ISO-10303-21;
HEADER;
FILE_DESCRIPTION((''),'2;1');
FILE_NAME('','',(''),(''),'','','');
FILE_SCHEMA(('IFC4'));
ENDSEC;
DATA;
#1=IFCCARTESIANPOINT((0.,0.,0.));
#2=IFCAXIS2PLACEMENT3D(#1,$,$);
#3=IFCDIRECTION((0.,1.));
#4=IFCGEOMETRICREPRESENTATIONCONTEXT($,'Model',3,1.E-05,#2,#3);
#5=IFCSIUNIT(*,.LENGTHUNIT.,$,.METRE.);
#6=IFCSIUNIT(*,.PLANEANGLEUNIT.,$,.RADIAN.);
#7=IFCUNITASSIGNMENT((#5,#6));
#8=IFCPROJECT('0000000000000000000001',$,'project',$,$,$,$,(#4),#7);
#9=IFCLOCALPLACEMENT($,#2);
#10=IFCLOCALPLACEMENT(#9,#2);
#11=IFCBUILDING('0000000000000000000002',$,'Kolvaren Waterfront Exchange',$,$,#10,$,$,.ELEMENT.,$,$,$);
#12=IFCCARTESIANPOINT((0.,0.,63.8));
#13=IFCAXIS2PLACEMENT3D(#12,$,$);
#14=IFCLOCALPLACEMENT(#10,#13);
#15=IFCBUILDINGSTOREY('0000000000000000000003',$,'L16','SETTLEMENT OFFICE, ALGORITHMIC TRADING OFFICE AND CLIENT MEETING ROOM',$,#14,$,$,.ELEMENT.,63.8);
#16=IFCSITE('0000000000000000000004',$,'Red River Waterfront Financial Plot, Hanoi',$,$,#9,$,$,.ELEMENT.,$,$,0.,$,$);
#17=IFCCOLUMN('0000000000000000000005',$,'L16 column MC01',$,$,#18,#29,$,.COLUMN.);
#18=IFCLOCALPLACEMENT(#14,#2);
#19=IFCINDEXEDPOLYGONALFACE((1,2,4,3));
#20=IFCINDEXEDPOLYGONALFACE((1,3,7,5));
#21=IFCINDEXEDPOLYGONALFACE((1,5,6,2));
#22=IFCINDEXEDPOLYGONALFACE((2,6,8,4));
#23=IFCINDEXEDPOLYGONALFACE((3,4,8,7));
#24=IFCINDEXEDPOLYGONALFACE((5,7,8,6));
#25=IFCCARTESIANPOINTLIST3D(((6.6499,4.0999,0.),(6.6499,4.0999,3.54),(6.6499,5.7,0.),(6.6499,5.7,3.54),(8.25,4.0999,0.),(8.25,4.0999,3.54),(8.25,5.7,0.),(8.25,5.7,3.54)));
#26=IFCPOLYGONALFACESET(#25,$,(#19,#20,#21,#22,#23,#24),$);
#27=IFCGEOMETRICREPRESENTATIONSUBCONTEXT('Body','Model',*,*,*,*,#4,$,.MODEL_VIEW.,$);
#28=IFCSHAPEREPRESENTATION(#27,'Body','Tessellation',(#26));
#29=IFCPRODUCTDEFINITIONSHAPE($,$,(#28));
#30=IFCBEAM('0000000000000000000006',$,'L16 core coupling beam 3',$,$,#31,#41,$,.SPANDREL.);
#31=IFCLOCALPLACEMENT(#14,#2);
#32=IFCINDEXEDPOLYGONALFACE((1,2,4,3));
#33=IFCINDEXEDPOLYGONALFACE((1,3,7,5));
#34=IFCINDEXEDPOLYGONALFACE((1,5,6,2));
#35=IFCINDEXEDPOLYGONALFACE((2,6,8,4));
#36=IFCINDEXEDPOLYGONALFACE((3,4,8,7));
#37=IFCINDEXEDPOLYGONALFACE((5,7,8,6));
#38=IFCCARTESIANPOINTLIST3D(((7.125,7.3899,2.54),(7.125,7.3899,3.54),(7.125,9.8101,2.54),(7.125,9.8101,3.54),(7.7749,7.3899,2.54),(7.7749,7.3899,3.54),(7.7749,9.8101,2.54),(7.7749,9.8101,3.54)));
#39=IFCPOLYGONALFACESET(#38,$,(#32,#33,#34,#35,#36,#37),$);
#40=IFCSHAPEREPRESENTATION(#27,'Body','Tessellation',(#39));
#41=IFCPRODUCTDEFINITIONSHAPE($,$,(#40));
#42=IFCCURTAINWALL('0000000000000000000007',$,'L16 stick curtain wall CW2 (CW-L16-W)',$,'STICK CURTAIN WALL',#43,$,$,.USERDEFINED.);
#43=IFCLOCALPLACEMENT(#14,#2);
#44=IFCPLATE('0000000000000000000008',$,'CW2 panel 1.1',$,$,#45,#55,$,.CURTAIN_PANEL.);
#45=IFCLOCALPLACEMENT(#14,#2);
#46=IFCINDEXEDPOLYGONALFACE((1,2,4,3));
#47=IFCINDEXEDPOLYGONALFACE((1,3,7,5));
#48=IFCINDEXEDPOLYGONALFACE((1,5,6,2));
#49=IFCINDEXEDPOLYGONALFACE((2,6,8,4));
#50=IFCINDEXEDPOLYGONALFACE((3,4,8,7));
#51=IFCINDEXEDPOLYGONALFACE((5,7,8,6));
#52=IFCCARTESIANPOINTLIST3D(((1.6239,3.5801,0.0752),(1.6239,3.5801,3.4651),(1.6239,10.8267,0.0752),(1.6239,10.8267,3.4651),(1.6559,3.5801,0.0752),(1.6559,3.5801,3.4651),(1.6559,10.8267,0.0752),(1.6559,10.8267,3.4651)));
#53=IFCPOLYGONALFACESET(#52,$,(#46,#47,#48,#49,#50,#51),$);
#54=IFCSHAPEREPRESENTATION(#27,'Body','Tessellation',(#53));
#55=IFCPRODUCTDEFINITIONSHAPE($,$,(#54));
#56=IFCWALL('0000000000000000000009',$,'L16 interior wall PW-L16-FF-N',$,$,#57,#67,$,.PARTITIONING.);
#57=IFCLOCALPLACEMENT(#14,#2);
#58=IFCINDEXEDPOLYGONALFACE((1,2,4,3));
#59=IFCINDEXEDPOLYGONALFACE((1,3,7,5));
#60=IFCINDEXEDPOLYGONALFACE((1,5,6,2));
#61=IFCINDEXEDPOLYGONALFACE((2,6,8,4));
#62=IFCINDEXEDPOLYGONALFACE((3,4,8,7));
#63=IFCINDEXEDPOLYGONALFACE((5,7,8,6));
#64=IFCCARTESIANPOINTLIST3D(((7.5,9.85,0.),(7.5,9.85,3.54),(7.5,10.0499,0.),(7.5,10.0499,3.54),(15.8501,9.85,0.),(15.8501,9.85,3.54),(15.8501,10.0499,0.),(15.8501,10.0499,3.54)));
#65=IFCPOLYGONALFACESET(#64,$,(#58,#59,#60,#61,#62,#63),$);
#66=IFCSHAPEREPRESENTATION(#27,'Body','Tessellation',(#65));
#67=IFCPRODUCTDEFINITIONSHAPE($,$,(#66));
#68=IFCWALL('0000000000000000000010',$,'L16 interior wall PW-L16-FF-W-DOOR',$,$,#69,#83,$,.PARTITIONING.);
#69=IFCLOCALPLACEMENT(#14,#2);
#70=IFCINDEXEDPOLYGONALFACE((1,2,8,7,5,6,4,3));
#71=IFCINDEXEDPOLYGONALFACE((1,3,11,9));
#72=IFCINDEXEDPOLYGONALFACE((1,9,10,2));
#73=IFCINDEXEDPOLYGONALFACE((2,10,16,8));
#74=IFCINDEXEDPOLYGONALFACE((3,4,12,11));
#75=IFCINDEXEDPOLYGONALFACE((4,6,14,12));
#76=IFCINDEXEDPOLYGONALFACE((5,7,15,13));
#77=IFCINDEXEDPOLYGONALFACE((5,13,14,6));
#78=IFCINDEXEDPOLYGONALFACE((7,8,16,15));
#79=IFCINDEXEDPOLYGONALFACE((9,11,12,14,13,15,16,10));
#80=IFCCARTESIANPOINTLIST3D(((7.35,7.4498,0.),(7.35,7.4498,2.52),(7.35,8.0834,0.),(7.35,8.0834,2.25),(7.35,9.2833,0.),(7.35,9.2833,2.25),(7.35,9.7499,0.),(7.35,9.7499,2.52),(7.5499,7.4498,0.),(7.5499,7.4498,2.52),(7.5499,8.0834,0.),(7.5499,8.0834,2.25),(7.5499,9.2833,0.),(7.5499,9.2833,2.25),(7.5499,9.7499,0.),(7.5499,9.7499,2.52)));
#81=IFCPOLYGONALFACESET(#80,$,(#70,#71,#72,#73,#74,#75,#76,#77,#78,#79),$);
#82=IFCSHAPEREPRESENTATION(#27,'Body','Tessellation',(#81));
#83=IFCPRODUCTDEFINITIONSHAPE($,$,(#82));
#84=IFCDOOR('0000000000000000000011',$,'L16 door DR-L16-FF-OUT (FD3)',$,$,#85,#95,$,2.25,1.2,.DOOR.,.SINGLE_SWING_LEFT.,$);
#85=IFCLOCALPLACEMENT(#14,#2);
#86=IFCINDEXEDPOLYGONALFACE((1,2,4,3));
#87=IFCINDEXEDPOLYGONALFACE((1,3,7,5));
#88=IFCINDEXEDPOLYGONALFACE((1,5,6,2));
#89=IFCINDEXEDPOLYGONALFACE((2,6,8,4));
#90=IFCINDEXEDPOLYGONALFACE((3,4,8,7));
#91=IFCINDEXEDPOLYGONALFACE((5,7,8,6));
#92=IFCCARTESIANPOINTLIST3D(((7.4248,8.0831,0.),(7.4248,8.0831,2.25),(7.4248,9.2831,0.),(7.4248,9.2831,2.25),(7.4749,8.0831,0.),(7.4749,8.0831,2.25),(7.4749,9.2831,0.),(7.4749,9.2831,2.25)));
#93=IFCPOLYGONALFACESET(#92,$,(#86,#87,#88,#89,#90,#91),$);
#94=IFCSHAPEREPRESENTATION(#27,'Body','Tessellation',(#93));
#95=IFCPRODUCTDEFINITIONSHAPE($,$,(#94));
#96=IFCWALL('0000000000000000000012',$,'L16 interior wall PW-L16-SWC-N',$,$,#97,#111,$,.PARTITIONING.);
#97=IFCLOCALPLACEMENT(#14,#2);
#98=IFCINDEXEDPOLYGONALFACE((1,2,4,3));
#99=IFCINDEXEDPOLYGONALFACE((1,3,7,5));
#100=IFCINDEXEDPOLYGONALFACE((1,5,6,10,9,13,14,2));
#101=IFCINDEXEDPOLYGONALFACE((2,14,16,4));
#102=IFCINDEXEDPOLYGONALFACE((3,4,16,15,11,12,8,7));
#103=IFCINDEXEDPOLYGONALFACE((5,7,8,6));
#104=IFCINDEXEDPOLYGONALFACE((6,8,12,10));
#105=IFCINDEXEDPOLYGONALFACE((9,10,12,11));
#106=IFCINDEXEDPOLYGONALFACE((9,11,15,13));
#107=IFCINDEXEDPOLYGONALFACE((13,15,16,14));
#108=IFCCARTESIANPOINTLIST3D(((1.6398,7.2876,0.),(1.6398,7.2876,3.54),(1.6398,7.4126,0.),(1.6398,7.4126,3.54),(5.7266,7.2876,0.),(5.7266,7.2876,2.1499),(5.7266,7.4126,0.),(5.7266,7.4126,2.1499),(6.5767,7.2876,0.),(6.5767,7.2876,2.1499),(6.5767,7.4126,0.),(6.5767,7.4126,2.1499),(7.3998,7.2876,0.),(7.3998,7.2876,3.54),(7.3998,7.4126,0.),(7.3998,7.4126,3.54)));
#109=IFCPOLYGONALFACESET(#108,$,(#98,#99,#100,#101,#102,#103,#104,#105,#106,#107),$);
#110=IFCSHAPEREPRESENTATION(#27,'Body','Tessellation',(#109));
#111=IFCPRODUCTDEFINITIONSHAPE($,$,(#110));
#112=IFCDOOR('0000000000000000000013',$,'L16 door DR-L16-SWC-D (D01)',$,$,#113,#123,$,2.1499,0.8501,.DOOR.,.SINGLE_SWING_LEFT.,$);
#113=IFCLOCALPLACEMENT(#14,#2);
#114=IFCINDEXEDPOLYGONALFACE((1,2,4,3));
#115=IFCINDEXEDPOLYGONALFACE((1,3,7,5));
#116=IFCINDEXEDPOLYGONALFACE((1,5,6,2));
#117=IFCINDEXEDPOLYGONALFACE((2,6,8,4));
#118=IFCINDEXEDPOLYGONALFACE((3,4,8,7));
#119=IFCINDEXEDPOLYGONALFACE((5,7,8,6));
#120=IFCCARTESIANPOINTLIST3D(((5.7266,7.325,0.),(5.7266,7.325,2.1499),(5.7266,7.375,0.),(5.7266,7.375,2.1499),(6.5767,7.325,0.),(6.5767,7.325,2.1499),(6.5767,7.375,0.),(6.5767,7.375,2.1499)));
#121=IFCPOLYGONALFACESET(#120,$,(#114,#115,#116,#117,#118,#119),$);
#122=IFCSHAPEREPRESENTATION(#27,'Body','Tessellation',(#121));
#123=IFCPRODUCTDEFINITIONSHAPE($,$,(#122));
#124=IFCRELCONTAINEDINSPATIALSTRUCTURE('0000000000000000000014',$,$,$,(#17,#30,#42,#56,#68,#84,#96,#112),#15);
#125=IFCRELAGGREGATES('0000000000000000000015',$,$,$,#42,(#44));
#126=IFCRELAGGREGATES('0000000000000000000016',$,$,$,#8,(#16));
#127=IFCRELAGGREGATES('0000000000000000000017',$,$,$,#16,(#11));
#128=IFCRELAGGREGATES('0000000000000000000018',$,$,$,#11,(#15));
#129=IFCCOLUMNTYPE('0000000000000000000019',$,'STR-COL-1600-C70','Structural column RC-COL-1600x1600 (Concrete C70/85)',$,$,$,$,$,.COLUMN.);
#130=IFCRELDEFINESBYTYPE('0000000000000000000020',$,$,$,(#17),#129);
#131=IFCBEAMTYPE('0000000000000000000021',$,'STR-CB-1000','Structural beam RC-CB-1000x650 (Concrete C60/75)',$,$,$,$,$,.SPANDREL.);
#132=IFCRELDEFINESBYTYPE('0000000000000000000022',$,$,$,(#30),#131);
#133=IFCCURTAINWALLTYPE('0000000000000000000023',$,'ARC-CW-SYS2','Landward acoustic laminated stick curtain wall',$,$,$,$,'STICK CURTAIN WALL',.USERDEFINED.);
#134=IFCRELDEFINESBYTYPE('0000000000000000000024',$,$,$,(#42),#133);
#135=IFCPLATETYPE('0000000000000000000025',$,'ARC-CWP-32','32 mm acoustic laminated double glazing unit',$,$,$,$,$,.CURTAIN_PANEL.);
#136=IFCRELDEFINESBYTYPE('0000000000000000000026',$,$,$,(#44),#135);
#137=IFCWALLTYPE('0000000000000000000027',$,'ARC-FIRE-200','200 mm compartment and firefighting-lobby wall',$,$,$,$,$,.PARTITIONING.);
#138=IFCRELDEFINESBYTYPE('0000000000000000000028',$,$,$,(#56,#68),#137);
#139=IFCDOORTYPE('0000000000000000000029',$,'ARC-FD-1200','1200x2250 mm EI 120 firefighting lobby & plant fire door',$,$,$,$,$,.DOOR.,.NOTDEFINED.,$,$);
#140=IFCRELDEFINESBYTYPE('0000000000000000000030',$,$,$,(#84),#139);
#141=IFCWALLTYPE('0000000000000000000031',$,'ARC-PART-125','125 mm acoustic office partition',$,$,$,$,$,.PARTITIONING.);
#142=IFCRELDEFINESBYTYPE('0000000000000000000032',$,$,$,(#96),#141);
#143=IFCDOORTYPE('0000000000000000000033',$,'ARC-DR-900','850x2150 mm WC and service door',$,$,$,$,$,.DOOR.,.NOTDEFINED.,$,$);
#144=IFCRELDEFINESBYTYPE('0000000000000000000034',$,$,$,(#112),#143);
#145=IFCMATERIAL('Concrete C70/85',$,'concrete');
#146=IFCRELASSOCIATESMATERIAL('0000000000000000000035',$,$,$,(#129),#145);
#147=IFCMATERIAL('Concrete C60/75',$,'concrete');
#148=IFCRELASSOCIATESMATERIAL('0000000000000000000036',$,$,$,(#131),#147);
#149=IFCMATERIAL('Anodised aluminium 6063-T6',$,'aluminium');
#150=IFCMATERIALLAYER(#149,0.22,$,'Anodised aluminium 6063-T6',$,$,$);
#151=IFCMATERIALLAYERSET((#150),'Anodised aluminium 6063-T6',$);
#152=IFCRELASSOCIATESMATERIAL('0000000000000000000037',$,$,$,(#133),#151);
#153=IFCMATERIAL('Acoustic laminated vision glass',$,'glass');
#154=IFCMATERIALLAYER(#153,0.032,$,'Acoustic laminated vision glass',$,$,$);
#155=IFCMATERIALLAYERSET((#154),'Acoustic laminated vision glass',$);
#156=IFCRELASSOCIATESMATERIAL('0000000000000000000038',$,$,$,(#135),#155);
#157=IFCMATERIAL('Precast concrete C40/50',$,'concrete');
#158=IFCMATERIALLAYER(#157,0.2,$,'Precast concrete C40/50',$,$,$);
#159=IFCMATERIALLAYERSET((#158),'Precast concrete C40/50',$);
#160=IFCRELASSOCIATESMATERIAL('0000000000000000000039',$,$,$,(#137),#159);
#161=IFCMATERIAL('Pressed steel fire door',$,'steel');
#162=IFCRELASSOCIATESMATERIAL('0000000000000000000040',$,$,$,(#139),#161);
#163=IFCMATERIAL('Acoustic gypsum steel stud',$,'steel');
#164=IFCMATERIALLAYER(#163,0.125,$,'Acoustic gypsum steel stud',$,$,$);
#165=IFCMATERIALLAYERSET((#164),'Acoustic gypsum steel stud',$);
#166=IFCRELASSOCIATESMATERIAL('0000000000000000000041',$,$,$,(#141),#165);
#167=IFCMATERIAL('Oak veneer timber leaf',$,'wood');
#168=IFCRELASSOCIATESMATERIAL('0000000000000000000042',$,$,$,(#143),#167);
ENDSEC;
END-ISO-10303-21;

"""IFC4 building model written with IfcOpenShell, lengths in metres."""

from ifc_helpers import new_model, si_unit, direction, frame, frame_2d, origin, origin_with_axes, origin_2d, place, context, subcontext, project, spatial, rectangle, extrude, source, transform, mapped, material, layer, layer_set, material_profile, profile_set, type_object, element, fill, aggregate, save


model = new_model("IFC4")

# Units and contexts
model_context = context("Model", 3, precision=1e-05, world=origin(), true_north=direction((0.0, 1.0)))
body_context = subcontext(model_context, "Body", "Model", "MODEL_VIEW")
ifc_project = project(units=[si_unit("LENGTHUNIT", "METRE"), si_unit("PLANEANGLEUNIT", "RADIAN")], contexts=[model_context])

# Site, building, storey
site_placement = place(None, origin())
site = spatial("IfcSite", under=ifc_project, at=site_placement, Name="Red River Waterfront Financial Plot, Hanoi", CompositionType="ELEMENT", RefElevation=0.0)
building_placement = place(site_placement, origin())
building = spatial("IfcBuilding", under=site, at=building_placement, Name="Kolvaren Waterfront Exchange", CompositionType="ELEMENT")
storey_placement = place(building_placement, frame((0.0, 0.0, 63.8)))
storey = spatial("IfcBuildingStorey", under=building, at=storey_placement, Name="L16", Description="SETTLEMENT OFFICE, ALGORITHMIC TRADING OFFICE AND CLIENT MEETING ROOM", CompositionType="ELEMENT", Elevation=63.8)

# Column
ifc_material_1 = material(Name="Concrete C70/85", Category="concrete")
ifc_material_profile_1 = material_profile(ifc_material_1, rectangle(XDim=1.6001, YDim=1.6001, at=origin_2d()), Name="RC-COL-1600x1600")
ifc_profile_set_1 = profile_set([ifc_material_profile_1], Name="Concrete C70/85")
column_type = type_object("IfcColumnType", Name="STR-COL-1600-C70", Description="Structural column RC-COL-1600x1600 (Concrete C70/85)", PredefinedType="COLUMN", material=ifc_profile_set_1)
column_placement = place(storey_placement, frame((7.45, 4.8999, 0.0), z_axis=(0.0, 0.0, 1.0), x_axis=(1.0, 0.0, 0.0)))
element("IfcColumn", 1, at=column_placement, inside=storey, type_object=column_type, Name="L16 column MC01", PredefinedType="COLUMN", context=body_context, shape_type="SweptSolid", body=[
    extrude(rectangle(XDim=1.6001, YDim=1.6001, at=origin_2d()), origin(), (0.0, 0.0, 1.0), 3.54),
])

# Beam
ifc_material_2 = material(Name="Concrete C60/75", Category="concrete")
ifc_material_profile_2 = material_profile(ifc_material_2, rectangle(XDim=0.6499, YDim=1.0, at=origin_2d()), Name="RC-CB-1000x650")
ifc_profile_set_2 = profile_set([ifc_material_profile_2], Name="Concrete C60/75")
beam_type = type_object("IfcBeamType", Name="STR-CB-1000", Description="Structural beam RC-CB-1000x650 (Concrete C60/75)", PredefinedType="SPANDREL", material=ifc_profile_set_2)
beam_placement = place(storey_placement, frame((7.45, 7.3899, 3.04), z_axis=(0.0, 1.0, 0.0), x_axis=(-1.0, 0.0, 0.0)))
element("IfcBeam", 2, at=beam_placement, inside=storey, type_object=beam_type, Name="L16 core coupling beam 3", PredefinedType="SPANDREL", context=body_context, shape_type="SweptSolid", body=[
    extrude(rectangle(XDim=0.6499, YDim=1.0, at=origin_2d()), origin(), (0.0, 0.0, 1.0), 2.4202),
])

# Curtain wall, plate
ifc_material_3 = material(Name="Anodised aluminium 6063-T6", Category="aluminium")
ifc_layer_1 = layer(ifc_material_3, 0.22, Name="Anodised aluminium 6063-T6")
ifc_layer_set_1 = layer_set([ifc_layer_1], Name="Anodised aluminium 6063-T6")
curtain_wall_type = type_object("IfcCurtainWallType", Name="ARC-CW-SYS2", Description="Landward acoustic laminated stick curtain wall", ElementType="STICK CURTAIN WALL", PredefinedType="USERDEFINED", material=ifc_layer_set_1)
curtain_wall_placement = place(storey_placement, origin())
curtain_wall = element("IfcCurtainWall", 3, at=curtain_wall_placement, inside=storey, type_object=curtain_wall_type, Name="L16 stick curtain wall CW2 (CW-L16-W)", ObjectType="STICK CURTAIN WALL", PredefinedType="USERDEFINED")
ifc_material_4 = material(Name="Acoustic laminated vision glass", Category="glass")
ifc_layer_2 = layer(ifc_material_4, 0.032, Name="Acoustic laminated vision glass")
ifc_layer_set_2 = layer_set([ifc_layer_2], Name="Acoustic laminated vision glass")
plate_type = type_object("IfcPlateType", Name="ARC-CWP-32", Description="32 mm acoustic laminated double glazing unit", PredefinedType="CURTAIN_PANEL", material=ifc_layer_set_2)
shared_shape = source(origin_with_axes(), body_context, "Body", "SweptSolid", [
    extrude(rectangle(XDim=7.2466, YDim=0.032, at=origin_2d()), origin(), (0.0, 0.0, 1.0), 3.3899),
])
plate_placement = place(storey_placement, frame((1.6399, 7.2034, 0.0752), z_axis=(0.0, 0.0, 1.0), x_axis=(0.0, 1.0, 0.0)))
plate = element("IfcPlate", 4, at=plate_placement, type_object=plate_type, Name="CW2 panel 1.1", PredefinedType="CURTAIN_PANEL", context=body_context, shape_type="MappedRepresentation", body=[
    mapped(shared_shape, transform((0.0, 0.0, 0.0), x_axis=(1.0, 0.0, 0.0), y_axis=(0.0, 1.0, 0.0), z_axis=(0.0, 0.0, 1.0), scale=1.0)),
])
aggregate(curtain_wall, [plate])

# Wall
ifc_material_5 = material(Name="Precast concrete C40/50", Category="concrete")
ifc_layer_3 = layer(ifc_material_5, 0.2, Name="Precast concrete C40/50")
ifc_layer_set_3 = layer_set([ifc_layer_3], Name="Precast concrete C40/50")
wall_type_1 = type_object("IfcWallType", Name="ARC-FIRE-200", Description="200 mm compartment and firefighting-lobby wall", PredefinedType="PARTITIONING", material=ifc_layer_set_3)
wall_1_placement = place(storey_placement, frame((7.5, 9.95, 0.0), z_axis=(0.0, 0.0, 1.0), x_axis=(1.0, 0.0, 0.0)))
element("IfcWall", 5, at=wall_1_placement, inside=storey, type_object=wall_type_1, Name="L16 interior wall PW-L16-FF-N", PredefinedType="PARTITIONING", context=body_context, shape_type="SweptSolid", body=[
    extrude(rectangle(XDim=8.3501, YDim=0.2, at=frame_2d((4.175, 0.0))), origin(), (0.0, 0.0, 1.0), 3.54),
])

# Walls, openings, doors
wall_2_placement = place(storey_placement, frame((7.45, 7.45, 0.0), z_axis=(0.0, 0.0, 1.0), x_axis=(0.0, 1.0, 0.0)))
wall_2 = element("IfcWall", 6, at=wall_2_placement, inside=storey, type_object=wall_type_1, Name="L16 interior wall PW-L16-FF-W-DOOR", PredefinedType="PARTITIONING", context=body_context, shape_type="SweptSolid", body=[
    extrude(rectangle(XDim=2.3, YDim=0.2, at=frame_2d((1.1499, 0.0))), origin(), (0.0, 0.0, 1.0), 2.52),
])
opening_1_placement = place(wall_2_placement, frame((0.6333, 0.0, 0.0)))
opening_1 = element("IfcOpeningElement", 7, at=opening_1_placement, cuts=wall_2, PredefinedType="OPENING", context=body_context, shape_type="SweptSolid", body=[
    extrude(rectangle(XDim=1.2, YDim=2.25, at=frame_2d((0.6001, 1.125))), frame((0.0, 0.1099, 0.0), z_axis=(0.0, -1.0, 0.0), x_axis=(1.0, 0.0, 0.0)), (0.0, 0.0, 1.0), 0.22),
])
ifc_material_6 = material(Name="Pressed steel fire door", Category="steel")
door_type_1 = type_object("IfcDoorType", Name="ARC-FD-1200", Description="1200x2250 mm EI 120 firefighting lobby & plant fire door", OperationType="NOTDEFINED", PredefinedType="DOOR", material=ifc_material_6)
door_1_placement = place(opening_1_placement, frame((1.2, 0.0, 0.0), z_axis=(0.0, 0.0, 1.0), x_axis=(-1.0, 0.0, 0.0)))
door_1 = element("IfcDoor", 8, at=door_1_placement, inside=storey, type_object=door_type_1, Name="L16 door DR-L16-FF-OUT (FD3)", OperationType="SINGLE_SWING_LEFT", OverallHeight=2.25, OverallWidth=1.2, PredefinedType="DOOR", context=body_context, shape_type="SweptSolid", body=[
    extrude(rectangle(XDim=1.2, YDim=2.25, at=frame_2d((0.6001, 1.125))), frame((0.0, 0.0249, 0.0), z_axis=(0.0, -1.0, 0.0), x_axis=(1.0, 0.0, 0.0)), (0.0, 0.0, 1.0), 0.05),
])
fill(opening_1, door_1)
ifc_material_7 = material(Name="Acoustic gypsum steel stud", Category="steel")
ifc_layer_4 = layer(ifc_material_7, 0.125, Name="Acoustic gypsum steel stud")
ifc_layer_set_4 = layer_set([ifc_layer_4], Name="Acoustic gypsum steel stud")
wall_type_2 = type_object("IfcWallType", Name="ARC-PART-125", Description="125 mm acoustic office partition", PredefinedType="PARTITIONING", material=ifc_layer_set_4)
wall_3_placement = place(storey_placement, frame((1.6399, 7.3501, 0.0), z_axis=(0.0, 0.0, 1.0), x_axis=(1.0, 0.0, 0.0)))
wall_3 = element("IfcWall", 9, at=wall_3_placement, inside=storey, type_object=wall_type_2, Name="L16 interior wall PW-L16-SWC-N", PredefinedType="PARTITIONING", context=body_context, shape_type="SweptSolid", body=[
    extrude(rectangle(XDim=5.76, YDim=0.125, at=frame_2d((2.8799, 0.0))), origin(), (0.0, 0.0, 1.0), 3.54),
])
opening_2_placement = place(wall_3_placement, frame((4.0867, 0.0, 0.0)))
opening_2 = element("IfcOpeningElement", 10, at=opening_2_placement, cuts=wall_3, PredefinedType="OPENING", context=body_context, shape_type="SweptSolid", body=[
    extrude(rectangle(XDim=0.8501, YDim=2.1499, at=frame_2d((0.425, 1.075))), frame((0.0, 0.0725, 0.0), z_axis=(0.0, -1.0, 0.0), x_axis=(1.0, 0.0, 0.0)), (0.0, 0.0, 1.0), 0.145),
])
ifc_material_8 = material(Name="Oak veneer timber leaf", Category="wood")
door_type_2 = type_object("IfcDoorType", Name="ARC-DR-900", Description="850x2150 mm WC and service door", OperationType="NOTDEFINED", PredefinedType="DOOR", material=ifc_material_8)
door_2_placement = place(opening_2_placement, origin())
door_2 = element("IfcDoor", 11, at=door_2_placement, inside=storey, type_object=door_type_2, Name="L16 door DR-L16-SWC-D (D01)", OperationType="SINGLE_SWING_LEFT", OverallHeight=2.1499, OverallWidth=0.8501, PredefinedType="DOOR", context=body_context, shape_type="SweptSolid", body=[
    extrude(rectangle(XDim=0.8501, YDim=2.1499, at=frame_2d((0.425, 1.075))), frame((0.0, 0.0249, 0.0), z_axis=(0.0, -1.0, 0.0), x_axis=(1.0, 0.0, 0.0)), (0.0, 0.0, 1.0), 0.05),
])
fill(opening_2, door_2)

save(model, "model.ifc")
